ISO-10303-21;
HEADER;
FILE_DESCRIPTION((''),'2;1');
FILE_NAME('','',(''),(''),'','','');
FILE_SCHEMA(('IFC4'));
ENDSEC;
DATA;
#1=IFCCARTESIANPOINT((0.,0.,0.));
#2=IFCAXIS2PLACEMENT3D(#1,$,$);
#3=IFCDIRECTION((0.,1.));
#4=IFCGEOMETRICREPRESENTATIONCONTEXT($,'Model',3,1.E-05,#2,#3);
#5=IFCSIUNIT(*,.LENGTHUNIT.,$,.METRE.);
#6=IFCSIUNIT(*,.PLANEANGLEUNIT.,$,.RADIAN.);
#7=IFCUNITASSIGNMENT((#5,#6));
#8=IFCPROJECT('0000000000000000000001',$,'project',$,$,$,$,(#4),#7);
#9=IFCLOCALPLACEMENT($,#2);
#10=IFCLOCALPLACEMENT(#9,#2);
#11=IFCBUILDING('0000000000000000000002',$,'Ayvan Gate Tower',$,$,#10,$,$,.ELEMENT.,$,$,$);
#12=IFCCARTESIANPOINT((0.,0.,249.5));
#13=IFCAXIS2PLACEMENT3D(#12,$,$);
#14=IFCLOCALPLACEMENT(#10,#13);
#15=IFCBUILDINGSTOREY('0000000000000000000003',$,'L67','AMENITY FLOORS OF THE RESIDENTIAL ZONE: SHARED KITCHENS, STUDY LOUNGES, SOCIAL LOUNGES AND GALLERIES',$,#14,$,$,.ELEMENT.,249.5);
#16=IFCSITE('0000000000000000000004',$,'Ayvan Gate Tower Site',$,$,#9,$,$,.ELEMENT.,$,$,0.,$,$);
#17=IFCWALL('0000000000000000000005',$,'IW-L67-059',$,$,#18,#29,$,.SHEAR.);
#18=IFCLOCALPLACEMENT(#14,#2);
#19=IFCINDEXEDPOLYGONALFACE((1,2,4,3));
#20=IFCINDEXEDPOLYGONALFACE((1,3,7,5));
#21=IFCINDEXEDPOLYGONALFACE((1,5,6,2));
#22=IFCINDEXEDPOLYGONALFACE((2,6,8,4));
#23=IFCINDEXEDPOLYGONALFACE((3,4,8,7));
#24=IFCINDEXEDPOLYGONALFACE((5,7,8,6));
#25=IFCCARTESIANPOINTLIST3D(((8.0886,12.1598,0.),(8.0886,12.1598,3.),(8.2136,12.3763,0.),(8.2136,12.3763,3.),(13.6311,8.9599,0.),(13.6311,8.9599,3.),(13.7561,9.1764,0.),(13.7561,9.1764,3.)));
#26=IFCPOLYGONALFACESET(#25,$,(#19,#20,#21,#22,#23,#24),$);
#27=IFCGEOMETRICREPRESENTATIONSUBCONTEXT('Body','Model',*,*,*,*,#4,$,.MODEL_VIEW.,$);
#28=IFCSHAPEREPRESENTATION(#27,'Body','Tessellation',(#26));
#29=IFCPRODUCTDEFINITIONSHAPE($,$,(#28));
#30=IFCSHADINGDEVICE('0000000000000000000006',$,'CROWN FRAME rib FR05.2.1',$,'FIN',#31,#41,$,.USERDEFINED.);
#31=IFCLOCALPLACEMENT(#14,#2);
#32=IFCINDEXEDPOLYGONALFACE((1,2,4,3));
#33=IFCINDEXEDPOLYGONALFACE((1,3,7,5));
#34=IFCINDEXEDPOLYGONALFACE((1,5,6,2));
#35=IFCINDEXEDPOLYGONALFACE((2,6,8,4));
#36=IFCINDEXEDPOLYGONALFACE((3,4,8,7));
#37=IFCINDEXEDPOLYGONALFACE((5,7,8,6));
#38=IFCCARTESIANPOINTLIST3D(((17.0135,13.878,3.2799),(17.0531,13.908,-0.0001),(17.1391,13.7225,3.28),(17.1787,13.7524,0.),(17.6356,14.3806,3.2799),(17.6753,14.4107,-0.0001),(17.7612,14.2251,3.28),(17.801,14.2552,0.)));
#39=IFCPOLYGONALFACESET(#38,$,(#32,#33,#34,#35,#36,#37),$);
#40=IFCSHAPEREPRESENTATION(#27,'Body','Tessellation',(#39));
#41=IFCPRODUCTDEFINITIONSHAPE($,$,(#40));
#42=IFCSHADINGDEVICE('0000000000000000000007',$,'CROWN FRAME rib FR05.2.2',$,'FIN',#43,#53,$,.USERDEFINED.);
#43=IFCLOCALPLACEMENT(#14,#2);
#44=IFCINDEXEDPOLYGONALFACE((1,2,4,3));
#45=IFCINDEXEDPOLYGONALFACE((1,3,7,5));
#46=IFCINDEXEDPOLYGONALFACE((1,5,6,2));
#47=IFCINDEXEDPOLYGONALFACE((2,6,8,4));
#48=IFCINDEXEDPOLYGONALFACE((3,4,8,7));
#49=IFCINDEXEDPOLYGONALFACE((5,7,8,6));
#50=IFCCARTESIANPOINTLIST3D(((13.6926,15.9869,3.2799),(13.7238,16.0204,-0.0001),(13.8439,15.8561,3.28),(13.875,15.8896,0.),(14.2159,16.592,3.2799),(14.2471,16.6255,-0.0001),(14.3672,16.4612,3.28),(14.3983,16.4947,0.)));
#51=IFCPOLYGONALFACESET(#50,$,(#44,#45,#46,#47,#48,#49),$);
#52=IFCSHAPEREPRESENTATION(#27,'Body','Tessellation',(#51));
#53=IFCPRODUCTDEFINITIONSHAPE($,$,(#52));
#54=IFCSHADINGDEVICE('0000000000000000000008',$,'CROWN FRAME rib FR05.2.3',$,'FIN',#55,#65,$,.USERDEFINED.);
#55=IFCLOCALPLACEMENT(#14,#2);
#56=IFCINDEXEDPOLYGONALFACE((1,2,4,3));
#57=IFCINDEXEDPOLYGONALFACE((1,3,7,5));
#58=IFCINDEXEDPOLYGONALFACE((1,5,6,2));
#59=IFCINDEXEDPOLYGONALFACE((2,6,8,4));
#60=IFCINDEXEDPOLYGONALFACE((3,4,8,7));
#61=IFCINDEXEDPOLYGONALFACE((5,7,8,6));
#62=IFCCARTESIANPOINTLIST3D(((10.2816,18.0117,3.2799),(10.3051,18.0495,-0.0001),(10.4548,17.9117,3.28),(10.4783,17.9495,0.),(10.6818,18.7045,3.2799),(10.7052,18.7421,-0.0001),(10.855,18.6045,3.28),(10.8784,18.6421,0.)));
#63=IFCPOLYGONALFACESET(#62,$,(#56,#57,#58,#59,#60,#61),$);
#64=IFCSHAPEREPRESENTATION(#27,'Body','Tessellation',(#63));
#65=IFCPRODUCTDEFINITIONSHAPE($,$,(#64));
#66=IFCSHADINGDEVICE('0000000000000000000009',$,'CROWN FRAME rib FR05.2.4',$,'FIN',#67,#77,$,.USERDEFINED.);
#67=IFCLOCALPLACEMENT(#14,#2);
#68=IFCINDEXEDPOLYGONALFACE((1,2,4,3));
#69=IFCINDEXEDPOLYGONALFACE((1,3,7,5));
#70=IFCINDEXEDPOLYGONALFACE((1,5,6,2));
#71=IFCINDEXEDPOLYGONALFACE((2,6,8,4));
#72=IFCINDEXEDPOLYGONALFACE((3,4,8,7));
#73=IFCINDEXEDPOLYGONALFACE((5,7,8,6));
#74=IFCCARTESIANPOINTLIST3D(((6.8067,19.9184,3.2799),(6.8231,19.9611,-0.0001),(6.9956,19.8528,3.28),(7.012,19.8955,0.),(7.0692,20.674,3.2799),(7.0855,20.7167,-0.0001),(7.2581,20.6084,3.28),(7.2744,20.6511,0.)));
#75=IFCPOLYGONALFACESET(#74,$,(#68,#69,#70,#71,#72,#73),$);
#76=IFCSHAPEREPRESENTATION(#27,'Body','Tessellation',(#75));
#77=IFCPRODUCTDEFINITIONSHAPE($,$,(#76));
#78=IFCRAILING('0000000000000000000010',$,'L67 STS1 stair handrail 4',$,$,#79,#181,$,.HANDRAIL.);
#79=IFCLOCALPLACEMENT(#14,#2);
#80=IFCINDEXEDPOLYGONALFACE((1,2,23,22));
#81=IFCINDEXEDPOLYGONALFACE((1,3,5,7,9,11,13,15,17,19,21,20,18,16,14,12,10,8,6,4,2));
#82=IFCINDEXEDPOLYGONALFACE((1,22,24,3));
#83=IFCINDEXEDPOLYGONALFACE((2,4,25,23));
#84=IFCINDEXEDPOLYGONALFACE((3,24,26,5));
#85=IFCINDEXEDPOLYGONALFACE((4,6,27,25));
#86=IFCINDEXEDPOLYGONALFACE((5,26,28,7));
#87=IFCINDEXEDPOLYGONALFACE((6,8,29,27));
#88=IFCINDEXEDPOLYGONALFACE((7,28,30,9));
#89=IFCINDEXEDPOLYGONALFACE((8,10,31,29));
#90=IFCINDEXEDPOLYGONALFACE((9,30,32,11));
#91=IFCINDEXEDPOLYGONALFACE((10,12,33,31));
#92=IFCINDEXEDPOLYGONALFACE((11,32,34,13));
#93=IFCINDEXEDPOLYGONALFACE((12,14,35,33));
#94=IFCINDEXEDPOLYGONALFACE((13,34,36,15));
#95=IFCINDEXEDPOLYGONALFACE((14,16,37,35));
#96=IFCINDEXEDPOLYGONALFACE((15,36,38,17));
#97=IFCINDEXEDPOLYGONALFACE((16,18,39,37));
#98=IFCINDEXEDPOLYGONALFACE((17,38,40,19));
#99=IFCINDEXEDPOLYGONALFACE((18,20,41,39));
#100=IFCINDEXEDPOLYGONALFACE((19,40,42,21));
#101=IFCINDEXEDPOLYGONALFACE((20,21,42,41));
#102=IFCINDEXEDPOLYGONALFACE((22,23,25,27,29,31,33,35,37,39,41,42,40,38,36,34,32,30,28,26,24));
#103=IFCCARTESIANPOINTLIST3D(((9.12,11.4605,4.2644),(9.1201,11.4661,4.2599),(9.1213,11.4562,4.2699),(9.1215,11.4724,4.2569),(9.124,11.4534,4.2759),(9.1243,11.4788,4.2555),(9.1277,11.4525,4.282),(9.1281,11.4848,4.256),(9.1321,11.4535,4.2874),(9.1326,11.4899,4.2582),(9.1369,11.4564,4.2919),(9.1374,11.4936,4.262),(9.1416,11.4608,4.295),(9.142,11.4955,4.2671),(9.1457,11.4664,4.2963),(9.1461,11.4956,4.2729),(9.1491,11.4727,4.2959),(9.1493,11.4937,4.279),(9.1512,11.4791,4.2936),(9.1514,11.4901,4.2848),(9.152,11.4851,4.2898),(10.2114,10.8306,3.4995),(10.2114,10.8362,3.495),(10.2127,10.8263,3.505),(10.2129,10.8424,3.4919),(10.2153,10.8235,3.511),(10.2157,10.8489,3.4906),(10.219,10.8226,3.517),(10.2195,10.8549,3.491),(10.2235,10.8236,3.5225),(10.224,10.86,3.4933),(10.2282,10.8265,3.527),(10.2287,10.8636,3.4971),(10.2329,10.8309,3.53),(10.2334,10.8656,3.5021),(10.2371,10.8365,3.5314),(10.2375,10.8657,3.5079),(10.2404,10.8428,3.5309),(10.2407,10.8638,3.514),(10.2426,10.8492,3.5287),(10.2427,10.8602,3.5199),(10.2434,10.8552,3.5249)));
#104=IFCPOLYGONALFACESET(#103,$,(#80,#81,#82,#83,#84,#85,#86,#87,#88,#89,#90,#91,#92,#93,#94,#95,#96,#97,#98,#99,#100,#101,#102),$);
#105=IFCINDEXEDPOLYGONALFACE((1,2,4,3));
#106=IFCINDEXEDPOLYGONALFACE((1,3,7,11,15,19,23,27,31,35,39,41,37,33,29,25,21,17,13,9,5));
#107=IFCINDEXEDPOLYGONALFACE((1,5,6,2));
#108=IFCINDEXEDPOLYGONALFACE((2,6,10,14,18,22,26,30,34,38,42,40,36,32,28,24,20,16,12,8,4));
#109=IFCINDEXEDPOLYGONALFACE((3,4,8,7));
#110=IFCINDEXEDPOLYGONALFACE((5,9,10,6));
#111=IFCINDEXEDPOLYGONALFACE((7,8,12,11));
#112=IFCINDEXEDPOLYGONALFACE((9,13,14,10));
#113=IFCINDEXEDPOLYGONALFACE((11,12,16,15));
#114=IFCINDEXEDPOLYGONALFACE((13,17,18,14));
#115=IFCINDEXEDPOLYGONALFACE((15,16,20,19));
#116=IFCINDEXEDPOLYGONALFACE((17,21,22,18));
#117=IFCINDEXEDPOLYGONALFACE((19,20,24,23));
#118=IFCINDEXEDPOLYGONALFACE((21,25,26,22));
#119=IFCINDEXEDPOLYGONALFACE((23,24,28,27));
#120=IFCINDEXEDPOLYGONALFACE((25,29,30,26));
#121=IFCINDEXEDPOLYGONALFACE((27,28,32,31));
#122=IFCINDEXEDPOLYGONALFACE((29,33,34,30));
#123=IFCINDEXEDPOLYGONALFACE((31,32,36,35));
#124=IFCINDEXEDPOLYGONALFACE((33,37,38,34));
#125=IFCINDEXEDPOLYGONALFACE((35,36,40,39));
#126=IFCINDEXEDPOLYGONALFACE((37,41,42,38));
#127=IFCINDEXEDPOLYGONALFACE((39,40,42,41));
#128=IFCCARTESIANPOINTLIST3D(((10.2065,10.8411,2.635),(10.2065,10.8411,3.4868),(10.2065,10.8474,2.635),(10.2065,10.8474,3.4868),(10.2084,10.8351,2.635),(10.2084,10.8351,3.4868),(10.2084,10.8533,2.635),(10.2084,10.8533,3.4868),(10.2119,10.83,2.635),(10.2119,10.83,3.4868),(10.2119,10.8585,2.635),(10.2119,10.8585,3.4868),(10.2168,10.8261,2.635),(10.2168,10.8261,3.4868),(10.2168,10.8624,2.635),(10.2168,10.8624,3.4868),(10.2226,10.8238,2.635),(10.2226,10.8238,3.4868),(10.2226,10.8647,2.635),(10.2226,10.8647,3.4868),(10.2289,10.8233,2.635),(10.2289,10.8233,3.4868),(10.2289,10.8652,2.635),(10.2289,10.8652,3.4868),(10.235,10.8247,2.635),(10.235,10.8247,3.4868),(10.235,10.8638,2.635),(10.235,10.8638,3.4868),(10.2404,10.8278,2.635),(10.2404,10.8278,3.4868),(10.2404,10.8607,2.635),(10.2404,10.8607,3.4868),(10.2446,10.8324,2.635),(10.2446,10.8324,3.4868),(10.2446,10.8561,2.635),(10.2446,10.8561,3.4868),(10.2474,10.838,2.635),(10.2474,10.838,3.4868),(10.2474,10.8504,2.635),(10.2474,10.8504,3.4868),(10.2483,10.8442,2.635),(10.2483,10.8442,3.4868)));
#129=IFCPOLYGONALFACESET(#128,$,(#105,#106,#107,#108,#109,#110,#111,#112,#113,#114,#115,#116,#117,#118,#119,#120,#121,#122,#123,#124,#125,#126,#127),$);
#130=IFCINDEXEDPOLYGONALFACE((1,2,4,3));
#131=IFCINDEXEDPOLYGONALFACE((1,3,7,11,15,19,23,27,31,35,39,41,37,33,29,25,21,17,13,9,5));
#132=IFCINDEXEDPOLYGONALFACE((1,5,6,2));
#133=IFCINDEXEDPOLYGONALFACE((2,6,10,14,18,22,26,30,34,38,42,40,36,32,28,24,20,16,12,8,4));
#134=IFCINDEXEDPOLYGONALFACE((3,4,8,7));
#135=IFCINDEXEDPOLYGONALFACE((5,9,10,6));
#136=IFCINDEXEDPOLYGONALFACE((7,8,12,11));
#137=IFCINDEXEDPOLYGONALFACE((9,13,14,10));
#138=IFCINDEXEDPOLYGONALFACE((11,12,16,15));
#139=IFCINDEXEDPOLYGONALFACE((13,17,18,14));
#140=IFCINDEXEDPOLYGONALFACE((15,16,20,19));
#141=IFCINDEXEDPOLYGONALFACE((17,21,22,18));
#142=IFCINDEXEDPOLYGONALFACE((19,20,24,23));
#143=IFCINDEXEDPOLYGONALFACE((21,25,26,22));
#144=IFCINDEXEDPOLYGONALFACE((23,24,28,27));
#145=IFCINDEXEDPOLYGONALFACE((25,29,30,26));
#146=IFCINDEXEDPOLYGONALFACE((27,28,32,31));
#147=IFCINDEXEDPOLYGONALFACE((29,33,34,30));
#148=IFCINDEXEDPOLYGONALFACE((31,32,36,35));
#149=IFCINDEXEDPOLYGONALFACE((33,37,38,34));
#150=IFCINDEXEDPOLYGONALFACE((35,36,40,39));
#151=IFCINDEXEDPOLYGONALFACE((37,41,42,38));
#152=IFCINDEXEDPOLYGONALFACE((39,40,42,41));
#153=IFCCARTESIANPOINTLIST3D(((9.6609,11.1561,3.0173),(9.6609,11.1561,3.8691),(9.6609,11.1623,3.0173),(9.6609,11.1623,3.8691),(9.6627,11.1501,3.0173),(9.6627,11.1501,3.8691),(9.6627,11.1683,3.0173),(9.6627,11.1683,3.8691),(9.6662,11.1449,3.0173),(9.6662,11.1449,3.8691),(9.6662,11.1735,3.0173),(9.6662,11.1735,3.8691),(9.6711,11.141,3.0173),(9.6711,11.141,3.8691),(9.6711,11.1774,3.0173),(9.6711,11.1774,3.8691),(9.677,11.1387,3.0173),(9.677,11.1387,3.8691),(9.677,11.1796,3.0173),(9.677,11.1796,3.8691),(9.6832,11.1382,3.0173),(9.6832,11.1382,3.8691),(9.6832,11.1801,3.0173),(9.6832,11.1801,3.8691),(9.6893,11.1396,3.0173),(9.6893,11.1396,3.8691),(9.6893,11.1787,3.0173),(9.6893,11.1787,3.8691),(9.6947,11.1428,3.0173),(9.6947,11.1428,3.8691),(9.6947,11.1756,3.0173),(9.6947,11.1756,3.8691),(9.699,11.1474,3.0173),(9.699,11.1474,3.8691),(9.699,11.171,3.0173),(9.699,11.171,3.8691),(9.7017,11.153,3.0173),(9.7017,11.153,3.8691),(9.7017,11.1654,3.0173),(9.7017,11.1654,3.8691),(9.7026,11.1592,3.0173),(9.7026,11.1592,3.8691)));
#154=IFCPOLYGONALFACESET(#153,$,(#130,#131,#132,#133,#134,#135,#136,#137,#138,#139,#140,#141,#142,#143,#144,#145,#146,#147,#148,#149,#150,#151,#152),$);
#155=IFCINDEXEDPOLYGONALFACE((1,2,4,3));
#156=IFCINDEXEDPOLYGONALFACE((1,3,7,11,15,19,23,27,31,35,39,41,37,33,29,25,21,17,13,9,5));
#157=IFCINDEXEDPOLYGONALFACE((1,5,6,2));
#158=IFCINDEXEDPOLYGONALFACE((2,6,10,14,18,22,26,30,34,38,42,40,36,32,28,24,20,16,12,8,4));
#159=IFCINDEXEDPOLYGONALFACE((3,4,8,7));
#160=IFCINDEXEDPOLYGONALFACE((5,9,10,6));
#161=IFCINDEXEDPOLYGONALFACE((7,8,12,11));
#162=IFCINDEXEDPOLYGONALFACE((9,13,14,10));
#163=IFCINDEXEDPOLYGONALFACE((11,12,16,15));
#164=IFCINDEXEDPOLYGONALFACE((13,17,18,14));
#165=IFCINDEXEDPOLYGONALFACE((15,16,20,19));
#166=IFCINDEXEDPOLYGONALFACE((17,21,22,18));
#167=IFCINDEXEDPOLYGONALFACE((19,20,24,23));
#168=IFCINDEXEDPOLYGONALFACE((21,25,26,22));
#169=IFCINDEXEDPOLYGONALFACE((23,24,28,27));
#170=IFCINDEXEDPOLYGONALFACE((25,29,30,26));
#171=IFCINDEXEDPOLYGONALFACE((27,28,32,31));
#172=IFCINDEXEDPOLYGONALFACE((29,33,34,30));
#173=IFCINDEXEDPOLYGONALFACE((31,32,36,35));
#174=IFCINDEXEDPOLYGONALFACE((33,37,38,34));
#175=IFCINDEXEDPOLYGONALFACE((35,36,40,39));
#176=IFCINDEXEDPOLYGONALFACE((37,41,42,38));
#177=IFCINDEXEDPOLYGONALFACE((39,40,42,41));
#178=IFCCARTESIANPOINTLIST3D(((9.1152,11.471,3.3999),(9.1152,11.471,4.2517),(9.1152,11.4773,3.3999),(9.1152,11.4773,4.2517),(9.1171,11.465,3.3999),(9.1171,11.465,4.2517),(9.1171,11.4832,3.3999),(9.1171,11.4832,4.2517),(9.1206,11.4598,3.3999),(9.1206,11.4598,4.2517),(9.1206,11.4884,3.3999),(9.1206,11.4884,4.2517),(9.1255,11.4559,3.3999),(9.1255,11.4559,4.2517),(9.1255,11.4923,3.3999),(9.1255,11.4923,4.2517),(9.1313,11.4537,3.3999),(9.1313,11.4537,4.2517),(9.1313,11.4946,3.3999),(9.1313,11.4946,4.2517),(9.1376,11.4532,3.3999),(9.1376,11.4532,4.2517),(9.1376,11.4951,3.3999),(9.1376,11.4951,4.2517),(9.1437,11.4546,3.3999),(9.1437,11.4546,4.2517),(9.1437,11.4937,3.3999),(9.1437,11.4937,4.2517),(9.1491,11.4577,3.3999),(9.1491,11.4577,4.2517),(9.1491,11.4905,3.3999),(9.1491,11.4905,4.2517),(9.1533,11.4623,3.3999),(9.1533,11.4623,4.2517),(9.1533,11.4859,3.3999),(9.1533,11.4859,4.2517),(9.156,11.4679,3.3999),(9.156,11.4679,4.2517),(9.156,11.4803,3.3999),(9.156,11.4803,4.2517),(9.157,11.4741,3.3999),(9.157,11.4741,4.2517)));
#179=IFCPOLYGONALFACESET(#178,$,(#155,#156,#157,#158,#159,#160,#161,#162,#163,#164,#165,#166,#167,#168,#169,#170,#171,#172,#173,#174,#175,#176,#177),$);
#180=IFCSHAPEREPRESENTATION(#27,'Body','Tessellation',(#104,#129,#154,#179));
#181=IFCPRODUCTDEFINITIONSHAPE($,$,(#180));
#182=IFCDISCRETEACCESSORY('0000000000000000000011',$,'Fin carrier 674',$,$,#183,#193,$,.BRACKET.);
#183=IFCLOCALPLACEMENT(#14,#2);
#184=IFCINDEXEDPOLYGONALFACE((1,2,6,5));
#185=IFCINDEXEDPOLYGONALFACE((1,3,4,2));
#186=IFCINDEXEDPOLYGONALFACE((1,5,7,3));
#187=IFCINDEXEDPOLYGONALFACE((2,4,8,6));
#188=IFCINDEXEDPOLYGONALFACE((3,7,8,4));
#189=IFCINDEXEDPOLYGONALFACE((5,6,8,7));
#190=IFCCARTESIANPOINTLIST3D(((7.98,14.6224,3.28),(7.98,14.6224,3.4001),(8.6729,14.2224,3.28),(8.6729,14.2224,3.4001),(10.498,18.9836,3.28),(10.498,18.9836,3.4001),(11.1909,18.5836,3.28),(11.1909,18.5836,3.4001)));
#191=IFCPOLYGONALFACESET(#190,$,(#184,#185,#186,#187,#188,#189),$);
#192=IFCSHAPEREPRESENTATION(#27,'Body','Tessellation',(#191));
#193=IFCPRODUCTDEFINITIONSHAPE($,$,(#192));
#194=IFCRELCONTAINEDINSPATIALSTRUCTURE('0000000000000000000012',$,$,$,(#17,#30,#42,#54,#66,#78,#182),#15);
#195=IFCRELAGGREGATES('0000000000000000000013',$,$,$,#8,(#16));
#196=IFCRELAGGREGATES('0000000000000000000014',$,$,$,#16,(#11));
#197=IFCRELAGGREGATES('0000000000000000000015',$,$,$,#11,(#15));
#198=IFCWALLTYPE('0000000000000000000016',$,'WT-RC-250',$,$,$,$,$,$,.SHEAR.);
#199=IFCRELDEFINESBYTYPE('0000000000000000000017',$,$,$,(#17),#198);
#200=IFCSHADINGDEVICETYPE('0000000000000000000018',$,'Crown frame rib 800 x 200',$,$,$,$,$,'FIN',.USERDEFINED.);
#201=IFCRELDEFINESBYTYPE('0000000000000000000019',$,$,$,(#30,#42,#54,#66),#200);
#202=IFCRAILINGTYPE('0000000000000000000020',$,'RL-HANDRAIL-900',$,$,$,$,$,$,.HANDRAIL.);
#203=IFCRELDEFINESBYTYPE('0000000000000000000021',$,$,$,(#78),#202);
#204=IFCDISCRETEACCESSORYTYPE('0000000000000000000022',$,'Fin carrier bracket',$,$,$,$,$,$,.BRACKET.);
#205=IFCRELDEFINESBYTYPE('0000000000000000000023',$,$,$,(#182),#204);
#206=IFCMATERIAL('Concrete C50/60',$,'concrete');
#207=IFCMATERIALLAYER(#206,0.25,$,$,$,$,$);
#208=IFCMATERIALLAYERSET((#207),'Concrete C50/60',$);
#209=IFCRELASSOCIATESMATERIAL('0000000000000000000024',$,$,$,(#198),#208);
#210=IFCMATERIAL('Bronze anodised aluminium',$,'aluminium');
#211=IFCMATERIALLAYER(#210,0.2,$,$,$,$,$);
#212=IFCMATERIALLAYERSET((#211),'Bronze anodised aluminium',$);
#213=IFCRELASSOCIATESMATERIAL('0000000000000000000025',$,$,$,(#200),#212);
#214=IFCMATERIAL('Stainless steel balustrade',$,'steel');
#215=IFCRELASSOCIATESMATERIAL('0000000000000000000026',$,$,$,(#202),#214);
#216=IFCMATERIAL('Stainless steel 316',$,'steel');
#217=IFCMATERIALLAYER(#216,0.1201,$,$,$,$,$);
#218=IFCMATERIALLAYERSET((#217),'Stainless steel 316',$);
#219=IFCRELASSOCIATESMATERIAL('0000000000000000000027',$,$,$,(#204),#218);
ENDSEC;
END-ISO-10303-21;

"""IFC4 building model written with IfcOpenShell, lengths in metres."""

from ifc_helpers import new_model, si_unit, direction, frame, frame_2d, origin, origin_2d, place, context, subcontext, project, spatial, polyline, rectangle, circle, outline, extrude, material, layer, layer_set, type_object, element, save


model = new_model("IFC4")

# Units and contexts
model_context = context("Model", 3, precision=1e-05, world=origin(), true_north=direction((0.0, 1.0)))
body_context = subcontext(model_context, "Body", "Model", "MODEL_VIEW")
ifc_project = project(units=[si_unit("LENGTHUNIT", "METRE"), si_unit("PLANEANGLEUNIT", "RADIAN")], contexts=[model_context])

# Site, building, storey
site_placement = place(None, origin())
site = spatial("IfcSite", under=ifc_project, at=site_placement, Name="Ayvan Gate Tower Site", CompositionType="ELEMENT", RefElevation=0.0)
building_placement = place(site_placement, origin())
building = spatial("IfcBuilding", under=site, at=building_placement, Name="Ayvan Gate Tower", CompositionType="ELEMENT")
storey_placement = place(building_placement, frame((0.0, 0.0, 249.5)))
storey = spatial("IfcBuildingStorey", under=building, at=storey_placement, Name="L67", Description="AMENITY FLOORS OF THE RESIDENTIAL ZONE: SHARED KITCHENS, STUDY LOUNGES, SOCIAL LOUNGES AND GALLERIES", CompositionType="ELEMENT", Elevation=249.5)

# Shared definitions
ifc_material_1 = material(Name="Concrete C50/60", Category="concrete")

# Shared definitions
ifc_material_2 = material(Name="Bronze anodised aluminium", Category="aluminium")

# Wall
ifc_layer_1 = layer(ifc_material_1, 0.25)
ifc_layer_set_1 = layer_set([ifc_layer_1], Name="Concrete C50/60")
wall_type_1 = type_object("IfcWallType", Name="WT-RC-250", PredefinedType="SHEAR", material=ifc_layer_set_1)
wall_1_placement = place(storey_placement, frame((8.1511, 12.2681, 0.0), z_axis=(0.0, 0.0, 1.0), x_axis=(0.866025, -0.5, 0.0)))
element("IfcWall", 1, at=wall_1_placement, inside=storey, type_object=wall_type_1, Name="IW-L67-059", PredefinedType="SHEAR", context=body_context, shape_type="SweptSolid", body=[
    extrude(rectangle(XDim=6.3999, YDim=0.25, at=frame_2d((3.2, 0.0))), origin(), (0.0, 0.0, 1.0), 3.0),
])

# Shading devices
ifc_layer_2 = layer(ifc_material_2, 0.2)
ifc_layer_set_2 = layer_set([ifc_layer_2], Name="Bronze anodised aluminium")
shading_device_type = type_object("IfcShadingDeviceType", Name="Crown frame rib 800 x 200", ElementType="FIN", PredefinedType="USERDEFINED", material=ifc_layer_set_2)
shading_device_1_placement = place(storey_placement, frame((17.1787, 13.7524, 0.0), z_axis=(0.628447, -0.777852, 0.00048), x_axis=(0.777852, 0.628447, 0.0)))
element("IfcShadingDevice", 2, at=shading_device_1_placement, inside=storey, type_object=shading_device_type, Name="CROWN FRAME rib FR05.2.1", ObjectType="FIN", PredefinedType="USERDEFINED", context=body_context, shape_type="SweptSolid", body=[
    extrude(outline(polyline([(0.0, 0.0), (0.8, 0.0), (0.7502, 3.28), (-0.0496, 3.28), (0.0, 0.0)])), origin(), (0.0, 0.0, -1.0), 0.2),
])
shading_device_2_placement = place(storey_placement, frame((13.875, 15.8896, 0.0), z_axis=(0.756373, -0.65414, 0.000483), x_axis=(0.65414, 0.756373, 0.0)))
element("IfcShadingDevice", 3, at=shading_device_2_placement, inside=storey, type_object=shading_device_type, Name="CROWN FRAME rib FR05.2.2", ObjectType="FIN", PredefinedType="USERDEFINED", context=body_context, shape_type="SweptSolid", body=[
    extrude(outline(polyline([(0.0, 0.0), (0.8, 0.0), (0.7543, 3.28), (-0.0458, 3.28), (0.0, 0.0)])), origin(), (0.0, 0.0, -1.0), 0.2),
])
shading_device_3_placement = place(storey_placement, frame((10.4783, 17.9495, 0.0), z_axis=(0.865924, -0.500176, 0.000436), x_axis=(0.500176, 0.865924, 0.0)))
element("IfcShadingDevice", 4, at=shading_device_3_placement, inside=storey, type_object=shading_device_type, Name="CROWN FRAME rib FR05.2.3", ObjectType="FIN", PredefinedType="USERDEFINED", context=body_context, shape_type="SweptSolid", body=[
    extrude(outline(polyline([(0.0, 0.0), (0.7999, 0.0), (0.7556, 3.28), (-0.0445, 3.28), (0.0, 0.0)])), origin(), (0.0, 0.0, -1.0), 0.2),
])
shading_device_4_placement = place(storey_placement, frame((7.012, 19.8955, 0.0), z_axis=(0.944641, -0.328106, 0.000437), x_axis=(0.328106, 0.944641, 0.0)))
element("IfcShadingDevice", 5, at=shading_device_4_placement, inside=storey, type_object=shading_device_type, Name="CROWN FRAME rib FR05.2.4", ObjectType="FIN", PredefinedType="USERDEFINED", context=body_context, shape_type="SweptSolid", body=[
    extrude(outline(polyline([(0.0, 0.0), (0.7999, 0.0), (0.7542, 3.28), (-0.0457, 3.28), (0.0, 0.0)])), origin(), (0.0, 0.0, -1.0), 0.2),
])

# Railing
ifc_material_3 = material(Name="Stainless steel balustrade", Category="steel")
railing_type = type_object("IfcRailingType", Name="RL-HANDRAIL-900", PredefinedType="HANDRAIL", material=ifc_material_3)
railing_placement = place(storey_placement, frame((10.2273, 10.8442, 2.635)))
element("IfcRailing", 6, at=railing_placement, inside=storey, type_object=railing_type, Name="L67 STS1 stair handrail 4", PredefinedType="HANDRAIL", context=body_context, shape_type="SweptSolid", body=[
    extrude(circle(Radius=0.0239, at=origin_2d()), frame((0.0, 0.0, 0.876), z_axis=(-0.740357, 0.42732, 0.518912), x_axis=(-0.49989, -0.866089, 0.0)), (0.0, 0.0, 1.0), 1.4741),
    extrude(circle(Radius=0.021, at=origin_2d()), origin(), (0.0, 0.0, 1.0), 0.8518),
    extrude(circle(Radius=0.021, at=origin_2d()), frame((-0.5457, 0.3149, 0.3823)), (0.0, 0.0, 1.0), 0.8518),
    extrude(circle(Radius=0.021, at=origin_2d()), frame((-1.0913, 0.6299, 0.7649)), (0.0, 0.0, 1.0), 0.8518),
])

# Discrete accessory
ifc_material_4 = material(Name="Stainless steel 316", Category="steel")
ifc_layer_3 = layer(ifc_material_4, 0.1201)
ifc_layer_set_3 = layer_set([ifc_layer_3], Name="Stainless steel 316")
discrete_accessory_type = type_object("IfcDiscreteAccessoryType", Name="Fin carrier bracket", PredefinedType="BRACKET", material=ifc_layer_set_3)
discrete_accessory_1_placement = place(storey_placement, frame((9.5854, 16.603, 3.28), z_axis=(0.0, 0.0, 1.0), x_axis=(-0.866025, 0.5, 0.0)))
element("IfcDiscreteAccessory", 7, at=discrete_accessory_1_placement, inside=storey, type_object=discrete_accessory_type, Name="Fin carrier 674", PredefinedType="BRACKET", context=body_context, shape_type="SweptSolid", body=[
    extrude(rectangle(XDim=0.8, YDim=5.0359, at=origin_2d()), origin(), (0.0, 0.0, 1.0), 0.1201),
])

save(model, "model.ifc")
